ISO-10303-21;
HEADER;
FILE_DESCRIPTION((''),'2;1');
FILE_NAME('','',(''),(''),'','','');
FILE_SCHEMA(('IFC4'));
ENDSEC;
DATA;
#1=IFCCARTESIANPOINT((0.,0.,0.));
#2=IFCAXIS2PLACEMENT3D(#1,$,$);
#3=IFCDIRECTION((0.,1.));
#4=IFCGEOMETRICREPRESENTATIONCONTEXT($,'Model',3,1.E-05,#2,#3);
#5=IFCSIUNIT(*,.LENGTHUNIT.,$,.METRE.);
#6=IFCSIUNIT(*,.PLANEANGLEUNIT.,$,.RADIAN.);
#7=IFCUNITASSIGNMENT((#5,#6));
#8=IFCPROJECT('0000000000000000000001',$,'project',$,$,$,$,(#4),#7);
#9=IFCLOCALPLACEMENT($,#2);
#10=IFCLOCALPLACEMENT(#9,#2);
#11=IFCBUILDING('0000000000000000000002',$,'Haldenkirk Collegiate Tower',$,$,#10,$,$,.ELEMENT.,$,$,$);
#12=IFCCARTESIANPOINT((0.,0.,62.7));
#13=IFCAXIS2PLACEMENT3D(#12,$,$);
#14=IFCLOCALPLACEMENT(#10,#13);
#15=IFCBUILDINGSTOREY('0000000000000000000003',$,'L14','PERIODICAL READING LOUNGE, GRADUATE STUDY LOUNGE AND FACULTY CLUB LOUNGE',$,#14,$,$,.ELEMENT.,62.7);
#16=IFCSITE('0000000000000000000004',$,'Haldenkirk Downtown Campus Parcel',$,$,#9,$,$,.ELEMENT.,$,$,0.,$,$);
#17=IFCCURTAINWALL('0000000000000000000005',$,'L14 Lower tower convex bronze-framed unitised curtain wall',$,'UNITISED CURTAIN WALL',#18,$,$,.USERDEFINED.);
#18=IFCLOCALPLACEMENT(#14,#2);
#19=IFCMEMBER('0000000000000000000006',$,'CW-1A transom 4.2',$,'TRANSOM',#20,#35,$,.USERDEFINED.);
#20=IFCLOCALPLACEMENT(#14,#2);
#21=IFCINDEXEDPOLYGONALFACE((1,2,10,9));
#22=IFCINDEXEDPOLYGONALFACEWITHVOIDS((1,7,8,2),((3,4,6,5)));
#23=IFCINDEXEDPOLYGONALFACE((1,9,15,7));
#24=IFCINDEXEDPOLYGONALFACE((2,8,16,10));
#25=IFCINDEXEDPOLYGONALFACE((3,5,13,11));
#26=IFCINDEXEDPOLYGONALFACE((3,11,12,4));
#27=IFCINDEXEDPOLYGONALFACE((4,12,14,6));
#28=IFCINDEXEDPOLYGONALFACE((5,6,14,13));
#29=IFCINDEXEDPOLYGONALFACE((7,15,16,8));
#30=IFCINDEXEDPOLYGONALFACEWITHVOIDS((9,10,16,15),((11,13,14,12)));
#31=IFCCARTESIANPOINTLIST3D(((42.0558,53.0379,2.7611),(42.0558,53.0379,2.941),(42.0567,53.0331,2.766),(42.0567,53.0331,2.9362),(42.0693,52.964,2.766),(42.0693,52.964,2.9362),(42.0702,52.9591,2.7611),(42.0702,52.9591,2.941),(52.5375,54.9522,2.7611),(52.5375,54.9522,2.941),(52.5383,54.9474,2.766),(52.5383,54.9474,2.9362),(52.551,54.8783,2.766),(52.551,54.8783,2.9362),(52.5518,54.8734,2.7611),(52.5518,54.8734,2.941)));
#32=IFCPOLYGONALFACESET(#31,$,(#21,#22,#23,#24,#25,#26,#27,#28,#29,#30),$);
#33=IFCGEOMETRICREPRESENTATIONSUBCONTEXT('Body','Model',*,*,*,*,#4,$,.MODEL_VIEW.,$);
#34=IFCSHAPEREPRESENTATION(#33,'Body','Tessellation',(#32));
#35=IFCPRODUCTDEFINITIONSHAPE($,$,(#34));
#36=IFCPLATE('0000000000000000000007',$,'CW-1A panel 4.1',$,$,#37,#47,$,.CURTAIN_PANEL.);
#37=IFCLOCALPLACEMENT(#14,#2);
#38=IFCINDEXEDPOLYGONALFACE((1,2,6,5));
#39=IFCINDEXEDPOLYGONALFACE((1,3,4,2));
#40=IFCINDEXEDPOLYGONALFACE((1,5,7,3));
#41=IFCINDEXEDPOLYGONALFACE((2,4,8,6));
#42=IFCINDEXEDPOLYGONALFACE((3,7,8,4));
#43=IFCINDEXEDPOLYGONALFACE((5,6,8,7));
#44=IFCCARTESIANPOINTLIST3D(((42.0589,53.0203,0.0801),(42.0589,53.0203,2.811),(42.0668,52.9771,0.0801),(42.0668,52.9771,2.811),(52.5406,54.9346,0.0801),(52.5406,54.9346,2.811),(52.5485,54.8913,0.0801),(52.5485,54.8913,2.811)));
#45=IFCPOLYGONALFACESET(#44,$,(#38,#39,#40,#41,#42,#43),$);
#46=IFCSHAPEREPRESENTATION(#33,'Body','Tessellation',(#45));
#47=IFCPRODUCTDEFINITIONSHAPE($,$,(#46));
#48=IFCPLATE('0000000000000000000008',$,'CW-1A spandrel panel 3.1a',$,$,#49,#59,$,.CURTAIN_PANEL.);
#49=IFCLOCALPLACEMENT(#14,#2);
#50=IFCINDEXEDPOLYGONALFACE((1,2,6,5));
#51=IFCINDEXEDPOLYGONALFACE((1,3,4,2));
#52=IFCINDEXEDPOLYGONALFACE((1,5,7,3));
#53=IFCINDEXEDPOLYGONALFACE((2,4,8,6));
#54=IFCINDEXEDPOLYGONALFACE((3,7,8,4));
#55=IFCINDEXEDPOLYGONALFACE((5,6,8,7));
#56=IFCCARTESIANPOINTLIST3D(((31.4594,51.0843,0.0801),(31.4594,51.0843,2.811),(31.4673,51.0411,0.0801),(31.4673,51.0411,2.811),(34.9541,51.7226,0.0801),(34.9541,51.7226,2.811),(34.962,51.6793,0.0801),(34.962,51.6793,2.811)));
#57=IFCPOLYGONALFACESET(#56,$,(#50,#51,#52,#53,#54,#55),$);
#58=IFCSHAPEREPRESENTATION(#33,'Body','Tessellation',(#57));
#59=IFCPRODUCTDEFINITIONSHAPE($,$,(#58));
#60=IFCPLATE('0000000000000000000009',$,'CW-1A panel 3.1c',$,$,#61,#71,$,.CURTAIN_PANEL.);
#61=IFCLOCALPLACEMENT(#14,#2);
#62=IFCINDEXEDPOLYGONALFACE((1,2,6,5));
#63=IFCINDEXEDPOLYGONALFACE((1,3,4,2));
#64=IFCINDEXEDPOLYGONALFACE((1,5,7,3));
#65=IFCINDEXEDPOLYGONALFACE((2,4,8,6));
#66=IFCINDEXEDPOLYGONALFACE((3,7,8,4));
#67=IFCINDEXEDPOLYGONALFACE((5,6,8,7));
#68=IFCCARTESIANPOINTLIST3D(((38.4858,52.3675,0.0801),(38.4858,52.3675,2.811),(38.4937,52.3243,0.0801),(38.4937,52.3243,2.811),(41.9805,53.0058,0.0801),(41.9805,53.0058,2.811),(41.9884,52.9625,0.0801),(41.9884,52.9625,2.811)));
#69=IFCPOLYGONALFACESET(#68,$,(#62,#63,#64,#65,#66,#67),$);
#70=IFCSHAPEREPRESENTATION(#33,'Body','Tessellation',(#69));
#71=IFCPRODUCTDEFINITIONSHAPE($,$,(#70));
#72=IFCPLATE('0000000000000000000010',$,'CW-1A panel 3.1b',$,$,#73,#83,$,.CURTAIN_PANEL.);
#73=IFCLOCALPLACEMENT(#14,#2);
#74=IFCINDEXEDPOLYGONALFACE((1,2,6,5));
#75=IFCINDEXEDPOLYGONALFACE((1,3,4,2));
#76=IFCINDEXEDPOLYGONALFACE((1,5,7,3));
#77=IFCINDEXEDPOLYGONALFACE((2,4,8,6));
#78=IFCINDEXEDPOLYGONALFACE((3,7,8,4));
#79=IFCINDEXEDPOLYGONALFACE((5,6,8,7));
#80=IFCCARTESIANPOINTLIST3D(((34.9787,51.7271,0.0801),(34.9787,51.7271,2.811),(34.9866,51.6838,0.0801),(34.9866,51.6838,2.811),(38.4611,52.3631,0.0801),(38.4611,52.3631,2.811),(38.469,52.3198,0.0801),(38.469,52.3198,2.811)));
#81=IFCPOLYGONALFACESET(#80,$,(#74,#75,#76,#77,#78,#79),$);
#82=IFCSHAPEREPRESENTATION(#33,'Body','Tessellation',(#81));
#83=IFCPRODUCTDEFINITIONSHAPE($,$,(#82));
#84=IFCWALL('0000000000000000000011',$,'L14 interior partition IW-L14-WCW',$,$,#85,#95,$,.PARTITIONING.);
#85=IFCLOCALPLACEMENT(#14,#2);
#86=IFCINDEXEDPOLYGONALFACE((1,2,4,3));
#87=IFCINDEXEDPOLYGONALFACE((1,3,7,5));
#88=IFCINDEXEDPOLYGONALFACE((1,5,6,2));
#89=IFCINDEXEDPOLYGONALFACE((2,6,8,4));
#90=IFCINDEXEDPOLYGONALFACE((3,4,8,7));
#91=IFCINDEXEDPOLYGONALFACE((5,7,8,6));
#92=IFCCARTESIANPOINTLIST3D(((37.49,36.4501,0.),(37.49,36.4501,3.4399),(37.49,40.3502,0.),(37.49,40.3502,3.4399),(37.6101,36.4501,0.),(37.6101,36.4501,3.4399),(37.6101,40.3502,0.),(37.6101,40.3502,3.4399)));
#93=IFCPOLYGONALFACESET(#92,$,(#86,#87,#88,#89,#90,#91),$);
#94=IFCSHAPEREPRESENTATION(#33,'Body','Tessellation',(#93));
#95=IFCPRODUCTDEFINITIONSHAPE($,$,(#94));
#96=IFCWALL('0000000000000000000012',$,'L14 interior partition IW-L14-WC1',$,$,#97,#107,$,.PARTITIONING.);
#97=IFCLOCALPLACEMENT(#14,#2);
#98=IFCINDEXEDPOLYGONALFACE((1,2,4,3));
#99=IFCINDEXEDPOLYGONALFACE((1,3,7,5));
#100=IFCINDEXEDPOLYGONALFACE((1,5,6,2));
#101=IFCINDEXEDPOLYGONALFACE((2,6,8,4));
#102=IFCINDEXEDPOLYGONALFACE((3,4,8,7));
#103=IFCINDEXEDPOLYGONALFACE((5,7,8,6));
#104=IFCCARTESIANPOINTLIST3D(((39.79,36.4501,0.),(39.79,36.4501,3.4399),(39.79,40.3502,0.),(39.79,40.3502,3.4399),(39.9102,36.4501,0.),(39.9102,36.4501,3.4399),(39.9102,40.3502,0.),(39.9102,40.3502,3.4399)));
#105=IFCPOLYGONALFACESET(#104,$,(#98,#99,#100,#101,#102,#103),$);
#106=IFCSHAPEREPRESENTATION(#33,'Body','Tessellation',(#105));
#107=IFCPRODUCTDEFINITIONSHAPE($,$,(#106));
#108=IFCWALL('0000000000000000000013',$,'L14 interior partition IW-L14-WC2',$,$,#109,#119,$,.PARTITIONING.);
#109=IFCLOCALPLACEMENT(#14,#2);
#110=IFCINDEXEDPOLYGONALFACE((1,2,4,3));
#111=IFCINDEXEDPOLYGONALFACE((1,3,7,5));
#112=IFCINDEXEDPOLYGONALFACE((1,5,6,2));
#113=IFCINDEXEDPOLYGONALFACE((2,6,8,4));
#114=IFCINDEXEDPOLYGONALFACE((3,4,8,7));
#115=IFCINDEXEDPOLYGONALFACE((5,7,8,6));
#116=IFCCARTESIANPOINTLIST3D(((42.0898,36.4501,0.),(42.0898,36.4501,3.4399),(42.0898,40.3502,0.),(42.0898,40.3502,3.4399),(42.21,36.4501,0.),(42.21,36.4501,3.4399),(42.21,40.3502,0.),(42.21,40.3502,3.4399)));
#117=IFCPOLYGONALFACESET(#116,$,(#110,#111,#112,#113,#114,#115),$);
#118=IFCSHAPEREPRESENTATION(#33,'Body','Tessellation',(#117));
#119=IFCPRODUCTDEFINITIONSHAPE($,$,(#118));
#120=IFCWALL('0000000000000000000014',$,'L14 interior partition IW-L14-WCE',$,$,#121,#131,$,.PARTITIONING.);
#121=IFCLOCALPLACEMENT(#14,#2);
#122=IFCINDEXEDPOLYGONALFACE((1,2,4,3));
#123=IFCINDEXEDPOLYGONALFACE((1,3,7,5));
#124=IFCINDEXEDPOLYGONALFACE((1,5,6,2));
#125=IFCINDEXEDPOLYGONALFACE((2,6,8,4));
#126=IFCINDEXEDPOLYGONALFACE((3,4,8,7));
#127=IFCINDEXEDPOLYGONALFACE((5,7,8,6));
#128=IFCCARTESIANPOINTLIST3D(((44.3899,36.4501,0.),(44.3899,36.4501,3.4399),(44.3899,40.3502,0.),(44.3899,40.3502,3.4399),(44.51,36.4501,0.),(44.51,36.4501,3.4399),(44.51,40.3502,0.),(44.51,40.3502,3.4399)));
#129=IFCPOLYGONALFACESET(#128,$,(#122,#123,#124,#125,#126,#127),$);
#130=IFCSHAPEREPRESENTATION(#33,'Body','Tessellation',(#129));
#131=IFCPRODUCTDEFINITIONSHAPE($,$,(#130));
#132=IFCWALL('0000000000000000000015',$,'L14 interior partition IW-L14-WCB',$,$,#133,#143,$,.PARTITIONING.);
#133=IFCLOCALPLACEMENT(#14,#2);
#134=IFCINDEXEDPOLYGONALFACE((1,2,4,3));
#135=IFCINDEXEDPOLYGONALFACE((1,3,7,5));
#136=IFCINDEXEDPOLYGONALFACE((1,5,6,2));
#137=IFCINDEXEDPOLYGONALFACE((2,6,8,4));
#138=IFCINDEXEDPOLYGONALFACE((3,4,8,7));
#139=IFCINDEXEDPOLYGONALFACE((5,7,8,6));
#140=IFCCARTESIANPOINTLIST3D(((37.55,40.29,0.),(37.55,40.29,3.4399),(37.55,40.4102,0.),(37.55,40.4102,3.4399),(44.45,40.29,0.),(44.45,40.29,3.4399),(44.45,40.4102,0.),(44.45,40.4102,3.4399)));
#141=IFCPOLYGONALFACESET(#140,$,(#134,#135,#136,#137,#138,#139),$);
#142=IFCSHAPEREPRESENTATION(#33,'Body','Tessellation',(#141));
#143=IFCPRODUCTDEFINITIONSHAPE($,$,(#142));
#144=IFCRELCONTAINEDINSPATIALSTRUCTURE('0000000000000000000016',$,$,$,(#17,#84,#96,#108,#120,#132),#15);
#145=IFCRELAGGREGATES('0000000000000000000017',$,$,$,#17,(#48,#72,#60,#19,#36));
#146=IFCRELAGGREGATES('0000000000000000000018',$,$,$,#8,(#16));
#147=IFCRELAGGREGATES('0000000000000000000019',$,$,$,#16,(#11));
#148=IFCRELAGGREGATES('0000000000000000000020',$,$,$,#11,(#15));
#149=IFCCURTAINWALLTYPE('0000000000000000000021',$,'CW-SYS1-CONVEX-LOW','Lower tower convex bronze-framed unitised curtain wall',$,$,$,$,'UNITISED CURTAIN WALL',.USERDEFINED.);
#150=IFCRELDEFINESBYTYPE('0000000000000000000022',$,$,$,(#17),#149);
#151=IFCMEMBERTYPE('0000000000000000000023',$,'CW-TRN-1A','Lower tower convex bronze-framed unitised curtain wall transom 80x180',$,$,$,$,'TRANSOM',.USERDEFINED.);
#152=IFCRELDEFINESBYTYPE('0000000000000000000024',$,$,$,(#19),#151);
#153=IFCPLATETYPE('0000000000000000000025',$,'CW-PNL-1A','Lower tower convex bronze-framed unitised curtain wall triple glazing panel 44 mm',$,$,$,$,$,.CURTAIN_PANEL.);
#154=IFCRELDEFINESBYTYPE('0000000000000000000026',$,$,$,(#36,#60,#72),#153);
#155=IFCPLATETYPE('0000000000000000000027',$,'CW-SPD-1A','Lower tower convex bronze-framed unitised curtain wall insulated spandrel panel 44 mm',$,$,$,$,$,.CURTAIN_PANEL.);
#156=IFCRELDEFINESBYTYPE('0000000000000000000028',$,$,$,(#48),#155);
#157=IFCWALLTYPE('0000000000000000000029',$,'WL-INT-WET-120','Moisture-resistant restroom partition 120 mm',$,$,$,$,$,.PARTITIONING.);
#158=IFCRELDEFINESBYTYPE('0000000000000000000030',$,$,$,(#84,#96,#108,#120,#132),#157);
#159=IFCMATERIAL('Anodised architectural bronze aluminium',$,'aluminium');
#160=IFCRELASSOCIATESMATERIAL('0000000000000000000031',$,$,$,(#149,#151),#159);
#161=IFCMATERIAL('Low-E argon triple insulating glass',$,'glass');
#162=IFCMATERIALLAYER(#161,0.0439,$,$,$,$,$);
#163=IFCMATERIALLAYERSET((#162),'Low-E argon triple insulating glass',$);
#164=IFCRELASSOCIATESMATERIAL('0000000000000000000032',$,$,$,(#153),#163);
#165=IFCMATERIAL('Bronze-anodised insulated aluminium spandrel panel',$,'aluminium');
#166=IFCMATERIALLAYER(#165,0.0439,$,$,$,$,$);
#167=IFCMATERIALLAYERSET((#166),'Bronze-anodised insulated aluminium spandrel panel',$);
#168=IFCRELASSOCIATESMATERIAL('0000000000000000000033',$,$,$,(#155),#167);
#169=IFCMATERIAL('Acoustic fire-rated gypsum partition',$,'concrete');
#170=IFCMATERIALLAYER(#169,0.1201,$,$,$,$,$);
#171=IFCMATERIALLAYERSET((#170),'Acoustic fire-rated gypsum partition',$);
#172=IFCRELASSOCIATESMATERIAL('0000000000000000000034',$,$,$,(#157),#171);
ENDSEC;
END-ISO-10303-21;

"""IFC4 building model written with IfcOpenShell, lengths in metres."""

from ifc_helpers import new_model, si_unit, direction, frame, frame_2d, origin, origin_2d, place, context, subcontext, project, spatial, rectangle, hollow_rectangle, extrude, source, transform, mapped, material, layer, layer_set, material_profile, profile_set, type_object, element, aggregate, save


model = new_model("IFC4")

# Units and contexts
model_context = context("Model", 3, precision=1e-05, world=origin(), true_north=direction((0.0, 1.0)))
body_context = subcontext(model_context, "Body", "Model", "MODEL_VIEW")
ifc_project = project(units=[si_unit("LENGTHUNIT", "METRE"), si_unit("PLANEANGLEUNIT", "RADIAN")], contexts=[model_context])

# Site, building, storey
site_placement = place(None, origin())
site = spatial("IfcSite", under=ifc_project, at=site_placement, Name="Haldenkirk Downtown Campus Parcel", CompositionType="ELEMENT", RefElevation=0.0)
building_placement = place(site_placement, origin())
building = spatial("IfcBuilding", under=site, at=building_placement, Name="Haldenkirk Collegiate Tower", CompositionType="ELEMENT")
storey_placement = place(building_placement, frame((0.0, 0.0, 62.7)))
storey = spatial("IfcBuildingStorey", under=building, at=storey_placement, Name="L14", Description="PERIODICAL READING LOUNGE, GRADUATE STUDY LOUNGE AND FACULTY CLUB LOUNGE", CompositionType="ELEMENT", Elevation=62.7)

# Curtain wall, member, plates
ifc_material_1 = material(Name="Anodised architectural bronze aluminium", Category="aluminium")
curtain_wall_type = type_object("IfcCurtainWallType", Name="CW-SYS1-CONVEX-LOW", Description="Lower tower convex bronze-framed unitised curtain wall", ElementType="UNITISED CURTAIN WALL", PredefinedType="USERDEFINED", material=ifc_material_1)
curtain_wall_placement = place(storey_placement, origin())
curtain_wall = element("IfcCurtainWall", 1, at=curtain_wall_placement, inside=storey, type_object=curtain_wall_type, Name="L14 Lower tower convex bronze-framed unitised curtain wall", ObjectType="UNITISED CURTAIN WALL", PredefinedType="USERDEFINED")
ifc_material_profile_1 = material_profile(ifc_material_1, hollow_rectangle(XDim=0.0801, YDim=0.1799, WallThickness=0.0049, at=origin_2d()), Name="CW-TRN-1A")
ifc_profile_set_1 = profile_set([ifc_material_profile_1], Name="Anodised architectural bronze aluminium")
member_type_1 = type_object("IfcMemberType", Name="CW-TRN-1A", Description="Lower tower convex bronze-framed unitised curtain wall transom 80x180", ElementType="TRANSOM", PredefinedType="USERDEFINED", material=ifc_profile_set_1)
member_1_placement = place(storey_placement, frame((42.063, 52.9985, 2.8511), z_axis=(0.983728, 0.179662, 0.0), x_axis=(-0.179662, 0.983728, 0.0)))
member_1 = element("IfcMember", 2, at=member_1_placement, type_object=member_type_1, Name="CW-1A transom 4.2", ObjectType="TRANSOM", PredefinedType="USERDEFINED", context=body_context, shape_type="SweptSolid", body=[
    extrude(hollow_rectangle(XDim=0.0801, YDim=0.1799, WallThickness=0.0049, at=origin_2d()), origin(), (0.0, 0.0, 1.0), 10.655),
])
ifc_material_2 = material(Name="Low-E argon triple insulating glass", Category="glass")
ifc_layer_1 = layer(ifc_material_2, 0.0439)
ifc_layer_set_1 = layer_set([ifc_layer_1], Name="Low-E argon triple insulating glass")
plate_type_1 = type_object("IfcPlateType", Name="CW-PNL-1A", Description="Lower tower convex bronze-framed unitised curtain wall triple glazing panel 44 mm", PredefinedType="CURTAIN_PANEL", material=ifc_layer_set_1)
shared_shape_1 = source(origin(), body_context, "Body", "SweptSolid", [
    extrude(rectangle(XDim=10.655, YDim=0.0439, at=origin_2d()), origin(), (0.0, 0.0, 1.0), 2.731),
])
plate_1_placement = place(storey_placement, frame((47.3037, 53.9558, 0.0801), z_axis=(0.0, 0.0, 1.0), x_axis=(0.983729, 0.179659, 0.0)))
plate_1 = element("IfcPlate", 3, at=plate_1_placement, type_object=plate_type_1, Name="CW-1A panel 4.1", PredefinedType="CURTAIN_PANEL", context=body_context, shape_type="MappedRepresentation", body=[
    mapped(shared_shape_1, transform((0.0, 0.0, 0.0), x_axis=(1.0, 0.0, 0.0), y_axis=(0.0, 1.0, 0.0), z_axis=(0.0, 0.0, 1.0), scale=1.0)),
])
ifc_material_3 = material(Name="Bronze-anodised insulated aluminium spandrel panel", Category="aluminium")
ifc_layer_2 = layer(ifc_material_3, 0.0439)
ifc_layer_set_2 = layer_set([ifc_layer_2], Name="Bronze-anodised insulated aluminium spandrel panel")
plate_type_2 = type_object("IfcPlateType", Name="CW-SPD-1A", Description="Lower tower convex bronze-framed unitised curtain wall insulated spandrel panel 44 mm", PredefinedType="CURTAIN_PANEL", material=ifc_layer_set_2)
shared_shape_2 = source(origin(), body_context, "Body", "SweptSolid", [
    extrude(rectangle(XDim=3.5525, YDim=0.0439, at=origin_2d()), origin(), (0.0, 0.0, 1.0), 2.731),
])
plate_2_placement = place(storey_placement, frame((33.2107, 51.3818, 0.0801), z_axis=(0.0, 0.0, 1.0), x_axis=(0.983729, 0.179659, 0.0)))
plate_2 = element("IfcPlate", 4, at=plate_2_placement, type_object=plate_type_2, Name="CW-1A spandrel panel 3.1a", PredefinedType="CURTAIN_PANEL", context=body_context, shape_type="MappedRepresentation", body=[
    mapped(shared_shape_2, transform((0.0, 0.0, 0.0), x_axis=(1.0, 0.0, 0.0), y_axis=(0.0, 1.0, 0.0), z_axis=(0.0, 0.0, 1.0), scale=1.0)),
])
plate_3_placement = place(storey_placement, frame((40.2371, 52.665, 0.0801), z_axis=(0.0, 0.0, 1.0), x_axis=(0.983729, 0.179659, 0.0)))
plate_3 = element("IfcPlate", 5, at=plate_3_placement, type_object=plate_type_1, Name="CW-1A panel 3.1c", PredefinedType="CURTAIN_PANEL", context=body_context, shape_type="MappedRepresentation", body=[
    mapped(shared_shape_2, transform((0.0, 0.0, 0.0), x_axis=(1.0, 0.0, 0.0), y_axis=(0.0, 1.0, 0.0), z_axis=(0.0, 0.0, 1.0), scale=1.0)),
])
shared_shape_3 = source(origin(), body_context, "Body", "SweptSolid", [
    extrude(rectangle(XDim=3.54, YDim=0.0439, at=origin_2d()), origin(), (0.0, 0.0, 1.0), 2.731),
])
plate_4_placement = place(storey_placement, frame((36.7239, 52.0234, 0.0801), z_axis=(0.0, 0.0, 1.0), x_axis=(0.983729, 0.179659, 0.0)))
plate_4 = element("IfcPlate", 6, at=plate_4_placement, type_object=plate_type_1, Name="CW-1A panel 3.1b", PredefinedType="CURTAIN_PANEL", context=body_context, shape_type="MappedRepresentation", body=[
    mapped(shared_shape_3, transform((0.0, 0.0, 0.0), x_axis=(1.0, 0.0, 0.0), y_axis=(0.0, 1.0, 0.0), z_axis=(0.0, 0.0, 1.0), scale=1.0)),
])
aggregate(curtain_wall, [plate_2, plate_4, plate_3, member_1, plate_1])

# Walls
ifc_material_4 = material(Name="Acoustic fire-rated gypsum partition", Category="concrete")
ifc_layer_3 = layer(ifc_material_4, 0.1201)
ifc_layer_set_3 = layer_set([ifc_layer_3], Name="Acoustic fire-rated gypsum partition")
wall_type = type_object("IfcWallType", Name="WL-INT-WET-120", Description="Moisture-resistant restroom partition 120 mm", PredefinedType="PARTITIONING", material=ifc_layer_set_3)
for number, where, z_axis, x_axis, name in (
    (7, (37.55, 36.45, 0.0), (0.0, 0.0, 1.0), (0.0, 1.0, 0.0), "L14 interior partition IW-L14-WCW"),
    (8, (39.8501, 36.45, 0.0), (0.0, 0.0, 1.0), (0.0, 1.0, 0.0), "L14 interior partition IW-L14-WC1"),
    (9, (42.1499, 36.45, 0.0), (0.0, 0.0, 1.0), (0.0, 1.0, 0.0), "L14 interior partition IW-L14-WC2"),
    (10, (44.45, 36.45, 0.0), (0.0, 0.0, 1.0), (0.0, 1.0, 0.0), "L14 interior partition IW-L14-WCE"),
):
    element("IfcWall", number, at=place(storey_placement, frame(where, z_axis=z_axis, x_axis=x_axis)), inside=storey, type_object=wall_type, Name=name, PredefinedType="PARTITIONING", context=body_context, shape_type="SweptSolid", body=[
        extrude(rectangle(XDim=3.9001, YDim=0.1201, at=frame_2d((1.9502, 0.0))), origin(), (0.0, 0.0, 1.0), 3.4399),
    ])
wall_placement = place(storey_placement, frame((37.55, 40.3501, 0.0), z_axis=(0.0, 0.0, 1.0), x_axis=(1.0, 0.0, 0.0)))
element("IfcWall", 11, at=wall_placement, inside=storey, type_object=wall_type, Name="L14 interior partition IW-L14-WCB", PredefinedType="PARTITIONING", context=body_context, shape_type="SweptSolid", body=[
    extrude(rectangle(XDim=6.8999, YDim=0.1201, at=frame_2d((3.45, 0.0))), origin(), (0.0, 0.0, 1.0), 3.4399),
])

save(model, "model.ifc")
